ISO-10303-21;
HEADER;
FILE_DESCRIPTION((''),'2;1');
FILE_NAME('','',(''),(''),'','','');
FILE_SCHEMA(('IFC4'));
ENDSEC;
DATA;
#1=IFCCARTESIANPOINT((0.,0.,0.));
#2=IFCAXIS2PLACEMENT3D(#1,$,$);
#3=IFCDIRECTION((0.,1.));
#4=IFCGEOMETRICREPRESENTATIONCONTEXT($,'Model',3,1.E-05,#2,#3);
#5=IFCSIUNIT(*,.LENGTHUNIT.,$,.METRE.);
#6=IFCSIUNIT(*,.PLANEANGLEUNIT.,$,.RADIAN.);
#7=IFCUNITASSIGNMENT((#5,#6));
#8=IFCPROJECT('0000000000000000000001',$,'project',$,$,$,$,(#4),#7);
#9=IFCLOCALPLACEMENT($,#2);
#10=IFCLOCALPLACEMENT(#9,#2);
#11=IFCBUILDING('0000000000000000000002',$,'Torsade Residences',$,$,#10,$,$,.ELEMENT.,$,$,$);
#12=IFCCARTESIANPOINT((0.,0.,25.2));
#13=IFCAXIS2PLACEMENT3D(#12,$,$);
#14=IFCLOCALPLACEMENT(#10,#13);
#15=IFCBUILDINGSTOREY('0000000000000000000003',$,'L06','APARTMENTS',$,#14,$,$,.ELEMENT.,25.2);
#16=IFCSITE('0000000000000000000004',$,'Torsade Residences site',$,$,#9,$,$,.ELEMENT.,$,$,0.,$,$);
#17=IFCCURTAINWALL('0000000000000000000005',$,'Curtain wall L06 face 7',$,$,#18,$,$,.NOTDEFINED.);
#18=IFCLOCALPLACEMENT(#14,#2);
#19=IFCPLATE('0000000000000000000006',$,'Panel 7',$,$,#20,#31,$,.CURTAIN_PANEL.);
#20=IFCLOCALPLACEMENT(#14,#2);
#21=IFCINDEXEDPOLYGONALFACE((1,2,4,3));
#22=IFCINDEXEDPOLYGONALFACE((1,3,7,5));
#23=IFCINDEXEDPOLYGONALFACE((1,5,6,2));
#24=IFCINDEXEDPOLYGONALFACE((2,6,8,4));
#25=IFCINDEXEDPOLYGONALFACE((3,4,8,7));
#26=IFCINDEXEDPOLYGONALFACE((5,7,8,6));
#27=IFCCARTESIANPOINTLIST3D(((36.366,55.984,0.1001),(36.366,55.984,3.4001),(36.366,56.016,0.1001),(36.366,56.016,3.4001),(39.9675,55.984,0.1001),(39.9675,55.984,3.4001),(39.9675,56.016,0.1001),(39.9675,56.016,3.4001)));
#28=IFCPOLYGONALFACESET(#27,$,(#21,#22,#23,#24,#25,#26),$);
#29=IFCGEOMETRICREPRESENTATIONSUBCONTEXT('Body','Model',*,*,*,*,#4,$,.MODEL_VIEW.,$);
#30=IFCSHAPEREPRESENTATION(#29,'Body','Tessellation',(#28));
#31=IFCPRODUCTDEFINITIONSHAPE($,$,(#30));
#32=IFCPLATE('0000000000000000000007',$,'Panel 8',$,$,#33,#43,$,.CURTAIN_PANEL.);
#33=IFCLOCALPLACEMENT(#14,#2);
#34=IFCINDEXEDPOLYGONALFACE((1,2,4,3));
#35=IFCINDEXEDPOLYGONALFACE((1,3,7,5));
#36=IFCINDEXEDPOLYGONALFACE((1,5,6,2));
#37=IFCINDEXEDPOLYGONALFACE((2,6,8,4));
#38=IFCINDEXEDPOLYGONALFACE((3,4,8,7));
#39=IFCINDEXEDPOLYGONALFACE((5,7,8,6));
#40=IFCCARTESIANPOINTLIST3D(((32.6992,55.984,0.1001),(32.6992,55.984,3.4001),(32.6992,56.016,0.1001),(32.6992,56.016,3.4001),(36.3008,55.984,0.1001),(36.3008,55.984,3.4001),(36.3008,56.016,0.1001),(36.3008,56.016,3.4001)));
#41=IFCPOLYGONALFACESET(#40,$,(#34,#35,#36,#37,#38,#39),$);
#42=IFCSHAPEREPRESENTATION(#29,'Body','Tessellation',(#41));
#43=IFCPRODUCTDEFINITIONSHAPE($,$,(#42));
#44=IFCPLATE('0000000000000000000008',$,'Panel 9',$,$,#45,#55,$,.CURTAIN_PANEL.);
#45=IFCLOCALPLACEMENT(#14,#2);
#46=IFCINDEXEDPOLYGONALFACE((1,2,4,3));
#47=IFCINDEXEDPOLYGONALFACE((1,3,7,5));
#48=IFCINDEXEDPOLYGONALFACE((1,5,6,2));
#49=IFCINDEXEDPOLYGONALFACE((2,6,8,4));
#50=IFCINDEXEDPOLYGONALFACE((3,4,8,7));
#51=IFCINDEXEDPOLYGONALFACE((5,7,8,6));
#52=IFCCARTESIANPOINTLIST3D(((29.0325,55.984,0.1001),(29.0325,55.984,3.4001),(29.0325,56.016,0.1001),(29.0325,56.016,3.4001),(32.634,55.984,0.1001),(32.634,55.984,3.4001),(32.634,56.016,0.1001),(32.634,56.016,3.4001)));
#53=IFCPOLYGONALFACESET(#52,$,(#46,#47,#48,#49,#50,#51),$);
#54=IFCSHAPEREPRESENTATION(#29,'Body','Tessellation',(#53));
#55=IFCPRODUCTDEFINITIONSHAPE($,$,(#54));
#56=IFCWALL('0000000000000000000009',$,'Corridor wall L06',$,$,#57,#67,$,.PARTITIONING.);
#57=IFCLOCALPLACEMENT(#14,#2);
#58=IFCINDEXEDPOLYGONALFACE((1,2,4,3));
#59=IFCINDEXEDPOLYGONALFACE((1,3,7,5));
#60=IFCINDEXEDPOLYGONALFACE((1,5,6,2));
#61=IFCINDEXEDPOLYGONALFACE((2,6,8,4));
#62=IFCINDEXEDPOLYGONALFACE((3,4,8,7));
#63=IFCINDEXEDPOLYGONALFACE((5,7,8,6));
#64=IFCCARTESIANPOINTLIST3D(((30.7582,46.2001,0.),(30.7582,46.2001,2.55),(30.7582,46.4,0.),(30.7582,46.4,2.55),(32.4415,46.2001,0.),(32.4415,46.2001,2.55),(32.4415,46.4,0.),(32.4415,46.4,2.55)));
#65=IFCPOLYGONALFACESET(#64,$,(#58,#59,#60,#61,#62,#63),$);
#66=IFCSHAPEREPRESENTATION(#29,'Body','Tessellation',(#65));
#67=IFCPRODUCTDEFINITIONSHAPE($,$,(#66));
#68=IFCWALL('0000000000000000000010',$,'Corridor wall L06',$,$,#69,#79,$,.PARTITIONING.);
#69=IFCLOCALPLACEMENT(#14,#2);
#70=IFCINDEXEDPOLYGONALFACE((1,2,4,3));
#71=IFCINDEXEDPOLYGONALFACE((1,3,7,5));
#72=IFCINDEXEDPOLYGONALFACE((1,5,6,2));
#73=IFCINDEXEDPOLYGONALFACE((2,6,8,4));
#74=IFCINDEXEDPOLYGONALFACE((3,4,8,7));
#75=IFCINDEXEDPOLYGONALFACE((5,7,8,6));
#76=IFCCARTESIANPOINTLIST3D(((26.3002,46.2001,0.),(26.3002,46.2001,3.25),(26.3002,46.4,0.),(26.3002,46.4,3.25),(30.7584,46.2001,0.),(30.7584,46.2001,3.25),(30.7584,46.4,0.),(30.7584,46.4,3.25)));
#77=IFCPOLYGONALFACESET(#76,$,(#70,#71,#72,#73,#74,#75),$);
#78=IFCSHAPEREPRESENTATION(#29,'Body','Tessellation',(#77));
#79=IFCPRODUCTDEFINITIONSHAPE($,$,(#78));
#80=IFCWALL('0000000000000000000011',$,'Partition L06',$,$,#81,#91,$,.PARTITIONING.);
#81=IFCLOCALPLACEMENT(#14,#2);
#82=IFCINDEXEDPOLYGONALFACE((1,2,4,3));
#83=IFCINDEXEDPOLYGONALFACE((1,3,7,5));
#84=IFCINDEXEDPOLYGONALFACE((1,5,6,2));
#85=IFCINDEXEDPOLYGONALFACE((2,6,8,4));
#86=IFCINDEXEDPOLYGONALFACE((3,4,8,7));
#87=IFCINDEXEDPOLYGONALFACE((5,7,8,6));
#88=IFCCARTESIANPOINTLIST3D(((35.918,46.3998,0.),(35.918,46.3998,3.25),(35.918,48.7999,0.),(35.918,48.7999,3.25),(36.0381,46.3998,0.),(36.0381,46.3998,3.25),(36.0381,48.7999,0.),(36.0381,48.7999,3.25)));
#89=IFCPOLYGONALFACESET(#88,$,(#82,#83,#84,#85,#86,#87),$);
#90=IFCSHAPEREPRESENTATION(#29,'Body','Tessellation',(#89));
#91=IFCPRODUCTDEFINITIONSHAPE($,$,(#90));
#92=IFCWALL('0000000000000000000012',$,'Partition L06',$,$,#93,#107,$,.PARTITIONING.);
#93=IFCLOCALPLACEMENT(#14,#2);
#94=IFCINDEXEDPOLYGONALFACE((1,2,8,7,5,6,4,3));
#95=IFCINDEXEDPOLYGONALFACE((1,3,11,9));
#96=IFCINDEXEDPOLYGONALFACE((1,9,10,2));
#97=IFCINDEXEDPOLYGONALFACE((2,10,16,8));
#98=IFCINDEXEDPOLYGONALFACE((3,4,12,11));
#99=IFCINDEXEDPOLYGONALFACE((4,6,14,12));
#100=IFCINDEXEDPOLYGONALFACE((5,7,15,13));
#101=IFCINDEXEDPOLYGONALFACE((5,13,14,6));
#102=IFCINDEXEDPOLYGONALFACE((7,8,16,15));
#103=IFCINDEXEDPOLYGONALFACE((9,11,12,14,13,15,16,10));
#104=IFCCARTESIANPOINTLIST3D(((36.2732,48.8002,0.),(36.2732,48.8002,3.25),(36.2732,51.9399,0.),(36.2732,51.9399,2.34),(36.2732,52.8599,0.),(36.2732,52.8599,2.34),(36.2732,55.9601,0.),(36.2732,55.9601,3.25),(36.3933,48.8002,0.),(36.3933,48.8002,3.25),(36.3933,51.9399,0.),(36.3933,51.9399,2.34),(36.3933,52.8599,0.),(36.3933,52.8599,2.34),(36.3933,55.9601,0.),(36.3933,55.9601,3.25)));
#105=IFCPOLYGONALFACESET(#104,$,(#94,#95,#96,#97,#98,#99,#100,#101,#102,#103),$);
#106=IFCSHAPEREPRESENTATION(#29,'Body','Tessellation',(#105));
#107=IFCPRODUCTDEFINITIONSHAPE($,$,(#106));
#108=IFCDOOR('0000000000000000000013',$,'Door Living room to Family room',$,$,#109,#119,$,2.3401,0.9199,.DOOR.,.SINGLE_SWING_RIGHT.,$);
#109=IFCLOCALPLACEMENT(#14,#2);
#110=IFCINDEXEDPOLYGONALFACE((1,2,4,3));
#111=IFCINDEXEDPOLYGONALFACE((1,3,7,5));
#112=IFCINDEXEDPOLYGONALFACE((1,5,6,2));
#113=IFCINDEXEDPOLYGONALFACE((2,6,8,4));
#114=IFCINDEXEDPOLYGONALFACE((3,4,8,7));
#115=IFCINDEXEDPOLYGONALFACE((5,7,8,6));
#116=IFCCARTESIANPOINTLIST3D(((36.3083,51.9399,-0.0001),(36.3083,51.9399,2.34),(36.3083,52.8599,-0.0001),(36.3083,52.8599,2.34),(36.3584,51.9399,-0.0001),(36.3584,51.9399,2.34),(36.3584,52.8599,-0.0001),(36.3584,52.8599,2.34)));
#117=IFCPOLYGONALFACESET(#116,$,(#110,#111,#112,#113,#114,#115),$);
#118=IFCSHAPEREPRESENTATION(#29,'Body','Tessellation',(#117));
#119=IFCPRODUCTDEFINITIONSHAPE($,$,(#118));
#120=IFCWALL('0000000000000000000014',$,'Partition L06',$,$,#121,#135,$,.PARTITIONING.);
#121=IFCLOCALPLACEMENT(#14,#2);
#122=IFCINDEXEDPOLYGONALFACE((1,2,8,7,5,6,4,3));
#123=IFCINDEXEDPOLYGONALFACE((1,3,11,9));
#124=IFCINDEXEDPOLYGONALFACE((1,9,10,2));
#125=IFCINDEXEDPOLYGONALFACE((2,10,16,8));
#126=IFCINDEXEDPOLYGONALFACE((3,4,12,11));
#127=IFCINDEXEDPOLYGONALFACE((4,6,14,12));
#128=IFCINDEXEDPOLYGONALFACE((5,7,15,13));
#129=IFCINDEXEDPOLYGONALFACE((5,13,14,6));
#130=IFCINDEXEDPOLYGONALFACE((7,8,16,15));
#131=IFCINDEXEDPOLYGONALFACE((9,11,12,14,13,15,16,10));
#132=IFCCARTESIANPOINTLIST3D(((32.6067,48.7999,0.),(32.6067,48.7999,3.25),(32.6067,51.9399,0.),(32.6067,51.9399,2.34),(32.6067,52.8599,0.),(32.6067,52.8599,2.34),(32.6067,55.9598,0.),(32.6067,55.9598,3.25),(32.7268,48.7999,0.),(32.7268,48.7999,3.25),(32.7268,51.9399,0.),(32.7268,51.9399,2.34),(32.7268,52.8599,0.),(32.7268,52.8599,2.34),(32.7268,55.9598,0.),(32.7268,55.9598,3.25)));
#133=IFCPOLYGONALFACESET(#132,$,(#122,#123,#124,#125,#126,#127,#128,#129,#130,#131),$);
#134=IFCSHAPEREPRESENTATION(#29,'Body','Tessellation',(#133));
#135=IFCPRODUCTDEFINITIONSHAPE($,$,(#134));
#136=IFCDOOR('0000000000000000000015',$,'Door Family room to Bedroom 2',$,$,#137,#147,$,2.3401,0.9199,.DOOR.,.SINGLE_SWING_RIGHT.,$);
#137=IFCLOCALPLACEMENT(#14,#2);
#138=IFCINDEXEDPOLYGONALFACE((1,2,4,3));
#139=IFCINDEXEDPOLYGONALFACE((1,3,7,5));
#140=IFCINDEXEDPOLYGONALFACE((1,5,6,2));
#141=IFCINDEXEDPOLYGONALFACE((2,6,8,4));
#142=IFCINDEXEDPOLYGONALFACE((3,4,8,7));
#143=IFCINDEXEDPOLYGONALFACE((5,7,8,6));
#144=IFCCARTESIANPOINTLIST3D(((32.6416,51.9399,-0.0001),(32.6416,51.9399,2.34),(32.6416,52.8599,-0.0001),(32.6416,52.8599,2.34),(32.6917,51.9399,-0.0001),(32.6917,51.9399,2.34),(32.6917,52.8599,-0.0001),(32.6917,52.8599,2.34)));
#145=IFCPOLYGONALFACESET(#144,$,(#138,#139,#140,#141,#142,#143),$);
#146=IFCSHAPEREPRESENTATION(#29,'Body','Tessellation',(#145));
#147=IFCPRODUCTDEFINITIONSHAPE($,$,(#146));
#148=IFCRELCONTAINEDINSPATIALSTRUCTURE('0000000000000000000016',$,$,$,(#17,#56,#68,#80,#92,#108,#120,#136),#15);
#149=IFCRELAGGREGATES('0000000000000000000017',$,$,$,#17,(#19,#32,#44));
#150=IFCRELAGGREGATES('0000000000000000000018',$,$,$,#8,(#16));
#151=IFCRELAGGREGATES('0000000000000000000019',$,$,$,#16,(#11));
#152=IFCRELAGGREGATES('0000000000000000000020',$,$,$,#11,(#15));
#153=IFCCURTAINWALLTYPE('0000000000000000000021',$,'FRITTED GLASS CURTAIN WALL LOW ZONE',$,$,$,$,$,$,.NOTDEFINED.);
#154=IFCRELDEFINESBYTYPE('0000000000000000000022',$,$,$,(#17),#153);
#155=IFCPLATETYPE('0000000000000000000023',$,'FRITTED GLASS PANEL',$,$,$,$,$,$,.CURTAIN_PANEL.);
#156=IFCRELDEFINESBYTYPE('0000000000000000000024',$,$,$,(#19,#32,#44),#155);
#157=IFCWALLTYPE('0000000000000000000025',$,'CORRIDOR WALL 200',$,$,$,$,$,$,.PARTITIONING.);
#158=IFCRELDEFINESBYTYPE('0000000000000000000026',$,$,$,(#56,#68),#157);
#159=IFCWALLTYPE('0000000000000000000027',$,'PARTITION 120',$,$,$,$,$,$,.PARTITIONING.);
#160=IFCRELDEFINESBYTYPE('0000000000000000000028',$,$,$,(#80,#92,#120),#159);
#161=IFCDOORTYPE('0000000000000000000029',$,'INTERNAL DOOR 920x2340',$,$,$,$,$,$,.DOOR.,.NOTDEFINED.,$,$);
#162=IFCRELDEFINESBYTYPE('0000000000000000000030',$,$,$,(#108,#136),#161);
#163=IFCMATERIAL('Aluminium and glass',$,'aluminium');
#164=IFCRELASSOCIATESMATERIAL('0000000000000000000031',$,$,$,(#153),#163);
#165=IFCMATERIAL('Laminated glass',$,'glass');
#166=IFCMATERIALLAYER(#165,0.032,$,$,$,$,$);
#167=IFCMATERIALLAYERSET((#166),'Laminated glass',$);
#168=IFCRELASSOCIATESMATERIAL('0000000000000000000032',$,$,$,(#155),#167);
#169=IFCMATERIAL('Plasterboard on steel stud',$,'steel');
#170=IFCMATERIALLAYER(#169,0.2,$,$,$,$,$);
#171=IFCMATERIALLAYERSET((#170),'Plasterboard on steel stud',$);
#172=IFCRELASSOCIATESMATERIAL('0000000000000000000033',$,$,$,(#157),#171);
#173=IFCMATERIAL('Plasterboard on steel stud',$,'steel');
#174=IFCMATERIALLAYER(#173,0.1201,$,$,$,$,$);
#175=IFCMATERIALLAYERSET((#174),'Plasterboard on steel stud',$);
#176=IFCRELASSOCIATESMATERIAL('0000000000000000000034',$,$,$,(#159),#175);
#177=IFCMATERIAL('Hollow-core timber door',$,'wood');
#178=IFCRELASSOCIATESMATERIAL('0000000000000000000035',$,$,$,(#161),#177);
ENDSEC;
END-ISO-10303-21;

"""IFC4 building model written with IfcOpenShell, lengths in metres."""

from ifc_helpers import new_model, si_unit, direction, frame, frame_2d, origin, origin_2d, place, context, subcontext, project, spatial, rectangle, extrude, material, layer, layer_set, type_object, element, fill, aggregate, save


model = new_model("IFC4")

# Units and contexts
model_context = context("Model", 3, precision=1e-05, world=origin(), true_north=direction((0.0, 1.0)))
body_context = subcontext(model_context, "Body", "Model", "MODEL_VIEW")
ifc_project = project(units=[si_unit("LENGTHUNIT", "METRE"), si_unit("PLANEANGLEUNIT", "RADIAN")], contexts=[model_context])

# Site, building, storey
site_placement = place(None, origin())
site = spatial("IfcSite", under=ifc_project, at=site_placement, Name="Torsade Residences site", CompositionType="ELEMENT", RefElevation=0.0)
building_placement = place(site_placement, origin())
building = spatial("IfcBuilding", under=site, at=building_placement, Name="Torsade Residences", CompositionType="ELEMENT")
storey_placement = place(building_placement, frame((0.0, 0.0, 25.2)))
storey = spatial("IfcBuildingStorey", under=building, at=storey_placement, Name="L06", Description="APARTMENTS", CompositionType="ELEMENT", Elevation=25.2)

# Curtain wall
ifc_material_1 = material(Name="Aluminium and glass", Category="aluminium")
curtain_wall_type = type_object("IfcCurtainWallType", Name="FRITTED GLASS CURTAIN WALL LOW ZONE", PredefinedType="NOTDEFINED", material=ifc_material_1)
curtain_wall_placement = place(storey_placement, origin())
curtain_wall = element("IfcCurtainWall", 1, at=curtain_wall_placement, inside=storey, type_object=curtain_wall_type, Name="Curtain wall L06 face 7", PredefinedType="NOTDEFINED")

# Plates
ifc_material_2 = material(Name="Laminated glass", Category="glass")
ifc_layer_1 = layer(ifc_material_2, 0.032)
ifc_layer_set_1 = layer_set([ifc_layer_1], Name="Laminated glass")
plate_type = type_object("IfcPlateType", Name="FRITTED GLASS PANEL", PredefinedType="CURTAIN_PANEL", material=ifc_layer_set_1)
plate_1_placement = place(storey_placement, frame((38.1667, 56.0, 0.1001), z_axis=(0.0, 0.0, 1.0), x_axis=(-1.0, 0.0, 0.0)))
plate_1 = element("IfcPlate", 2, at=plate_1_placement, type_object=plate_type, Name="Panel 7", PredefinedType="CURTAIN_PANEL", context=body_context, shape_type="SweptSolid", body=[
    extrude(rectangle(XDim=3.6016, YDim=0.032, at=origin_2d()), origin(), (0.0, 0.0, 1.0), 3.3),
])
plate_2_placement = place(storey_placement, frame((34.5, 56.0, 0.1001), z_axis=(0.0, 0.0, 1.0), x_axis=(-1.0, 0.0, 0.0)))
plate_2 = element("IfcPlate", 3, at=plate_2_placement, type_object=plate_type, Name="Panel 8", PredefinedType="CURTAIN_PANEL", context=body_context, shape_type="SweptSolid", body=[
    extrude(rectangle(XDim=3.6016, YDim=0.032, at=origin_2d()), origin(), (0.0, 0.0, 1.0), 3.3),
])
plate_3_placement = place(storey_placement, frame((30.8333, 56.0, 0.1001), z_axis=(0.0, 0.0, 1.0), x_axis=(-1.0, 0.0, 0.0)))
plate_3 = element("IfcPlate", 4, at=plate_3_placement, type_object=plate_type, Name="Panel 9", PredefinedType="CURTAIN_PANEL", context=body_context, shape_type="SweptSolid", body=[
    extrude(rectangle(XDim=3.6016, YDim=0.032, at=origin_2d()), origin(), (0.0, 0.0, 1.0), 3.3),
])
aggregate(curtain_wall, [plate_1, plate_2, plate_3])

# Walls
ifc_material_3 = material(Name="Plasterboard on steel stud", Category="steel")
ifc_layer_2 = layer(ifc_material_3, 0.2)
ifc_layer_set_2 = layer_set([ifc_layer_2], Name="Plasterboard on steel stud")
wall_type_1 = type_object("IfcWallType", Name="CORRIDOR WALL 200", PredefinedType="PARTITIONING", material=ifc_layer_set_2)
wall_1_placement = place(storey_placement, frame((32.4417, 46.3, 0.0), z_axis=(0.0, 0.0, 1.0), x_axis=(-1.0, 0.0, 0.0)))
element("IfcWall", 5, at=wall_1_placement, inside=storey, type_object=wall_type_1, Name="Corridor wall L06", PredefinedType="PARTITIONING", context=body_context, shape_type="SweptSolid", body=[
    extrude(rectangle(XDim=1.6833, YDim=0.2, at=frame_2d((0.8418, 0.0))), origin(), (0.0, 0.0, 1.0), 2.55),
])
wall_2_placement = place(storey_placement, frame((30.7583, 46.3, 0.0), z_axis=(0.0, 0.0, 1.0), x_axis=(-1.0, 0.0, 0.0)))
element("IfcWall", 6, at=wall_2_placement, inside=storey, type_object=wall_type_1, Name="Corridor wall L06", PredefinedType="PARTITIONING", context=body_context, shape_type="SweptSolid", body=[
    extrude(rectangle(XDim=4.4583, YDim=0.2, at=frame_2d((2.229, 0.0))), origin(), (0.0, 0.0, 1.0), 3.25),
])
ifc_material_4 = material(Name="Plasterboard on steel stud", Category="steel")
ifc_layer_3 = layer(ifc_material_4, 0.1201)
ifc_layer_set_3 = layer_set([ifc_layer_3], Name="Plasterboard on steel stud")
wall_type_2 = type_object("IfcWallType", Name="PARTITION 120", PredefinedType="PARTITIONING", material=ifc_layer_set_3)
wall_3_placement = place(storey_placement, frame((35.978, 48.8, 0.0), z_axis=(0.0, 0.0, 1.0), x_axis=(0.0, -1.0, 0.0)))
element("IfcWall", 7, at=wall_3_placement, inside=storey, type_object=wall_type_2, Name="Partition L06", PredefinedType="PARTITIONING", context=body_context, shape_type="SweptSolid", body=[
    extrude(rectangle(XDim=2.4001, YDim=0.1201, at=frame_2d((1.2002, 0.0))), origin(), (0.0, 0.0, 1.0), 3.25),
])

# Walls, openings, doors
wall_4_placement = place(storey_placement, frame((36.3333, 48.8, 0.0), z_axis=(0.0, 0.0, 1.0), x_axis=(0.0, 1.0, 0.0)))
wall_4 = element("IfcWall", 8, at=wall_4_placement, inside=storey, type_object=wall_type_2, Name="Partition L06", PredefinedType="PARTITIONING", context=body_context, shape_type="SweptSolid", body=[
    extrude(rectangle(XDim=7.1599, YDim=0.1201, at=frame_2d((3.5801, 0.0))), origin(), (0.0, 0.0, 1.0), 3.25),
])
opening_1_placement = place(wall_4_placement, frame((3.1399, 0.0, 0.0)))
opening_1 = element("IfcOpeningElement", 9, at=opening_1_placement, cuts=wall_4, PredefinedType="OPENING", context=body_context, shape_type="SweptSolid", body=[
    extrude(rectangle(XDim=0.9199, YDim=2.3401, at=frame_2d((0.46, 1.1699))), frame((0.0, 0.0701, 0.0), z_axis=(0.0, -1.0, 0.0), x_axis=(1.0, 0.0, 0.0)), (0.0, 0.0, 1.0), 0.1401),
])
ifc_material_5 = material(Name="Hollow-core timber door", Category="wood")
door_type = type_object("IfcDoorType", Name="INTERNAL DOOR 920x2340", OperationType="NOTDEFINED", PredefinedType="DOOR", material=ifc_material_5)
door_1_placement = place(opening_1_placement, origin())
door_1 = element("IfcDoor", 10, at=door_1_placement, inside=storey, type_object=door_type, Name="Door Living room to Family room", OperationType="SINGLE_SWING_RIGHT", OverallHeight=2.3401, OverallWidth=0.9199, PredefinedType="DOOR", context=body_context, shape_type="SweptSolid", body=[
    extrude(rectangle(XDim=0.9199, YDim=2.3401, at=frame_2d((0.46, 1.1699))), frame((0.0, 0.0249, 0.0), z_axis=(0.0, -1.0, 0.0), x_axis=(1.0, 0.0, 0.0)), (0.0, 0.0, 1.0), 0.05),
])
fill(opening_1, door_1)
wall_5_placement = place(storey_placement, frame((32.6667, 55.96, 0.0), z_axis=(0.0, 0.0, 1.0), x_axis=(0.0, -1.0, 0.0)))
wall_5 = element("IfcWall", 11, at=wall_5_placement, inside=storey, type_object=wall_type_2, Name="Partition L06", PredefinedType="PARTITIONING", context=body_context, shape_type="SweptSolid", body=[
    extrude(rectangle(XDim=7.1599, YDim=0.1201, at=frame_2d((3.5801, 0.0))), origin(), (0.0, 0.0, 1.0), 3.25),
])
opening_2_placement = place(wall_5_placement, frame((3.1001, 0.0, 0.0)))
opening_2 = element("IfcOpeningElement", 12, at=opening_2_placement, cuts=wall_5, PredefinedType="OPENING", context=body_context, shape_type="SweptSolid", body=[
    extrude(rectangle(XDim=0.9199, YDim=2.3401, at=frame_2d((0.46, 1.1699))), frame((0.0, 0.0701, 0.0), z_axis=(0.0, -1.0, 0.0), x_axis=(1.0, 0.0, 0.0)), (0.0, 0.0, 1.0), 0.1401),
])
door_2_placement = place(opening_2_placement, origin())
door_2 = element("IfcDoor", 13, at=door_2_placement, inside=storey, type_object=door_type, Name="Door Family room to Bedroom 2", OperationType="SINGLE_SWING_RIGHT", OverallHeight=2.3401, OverallWidth=0.9199, PredefinedType="DOOR", context=body_context, shape_type="SweptSolid", body=[
    extrude(rectangle(XDim=0.9199, YDim=2.3401, at=frame_2d((0.46, 1.1699))), frame((0.0, 0.0249, 0.0), z_axis=(0.0, -1.0, 0.0), x_axis=(1.0, 0.0, 0.0)), (0.0, 0.0, 1.0), 0.05),
])
fill(opening_2, door_2)

save(model, "model.ifc")
